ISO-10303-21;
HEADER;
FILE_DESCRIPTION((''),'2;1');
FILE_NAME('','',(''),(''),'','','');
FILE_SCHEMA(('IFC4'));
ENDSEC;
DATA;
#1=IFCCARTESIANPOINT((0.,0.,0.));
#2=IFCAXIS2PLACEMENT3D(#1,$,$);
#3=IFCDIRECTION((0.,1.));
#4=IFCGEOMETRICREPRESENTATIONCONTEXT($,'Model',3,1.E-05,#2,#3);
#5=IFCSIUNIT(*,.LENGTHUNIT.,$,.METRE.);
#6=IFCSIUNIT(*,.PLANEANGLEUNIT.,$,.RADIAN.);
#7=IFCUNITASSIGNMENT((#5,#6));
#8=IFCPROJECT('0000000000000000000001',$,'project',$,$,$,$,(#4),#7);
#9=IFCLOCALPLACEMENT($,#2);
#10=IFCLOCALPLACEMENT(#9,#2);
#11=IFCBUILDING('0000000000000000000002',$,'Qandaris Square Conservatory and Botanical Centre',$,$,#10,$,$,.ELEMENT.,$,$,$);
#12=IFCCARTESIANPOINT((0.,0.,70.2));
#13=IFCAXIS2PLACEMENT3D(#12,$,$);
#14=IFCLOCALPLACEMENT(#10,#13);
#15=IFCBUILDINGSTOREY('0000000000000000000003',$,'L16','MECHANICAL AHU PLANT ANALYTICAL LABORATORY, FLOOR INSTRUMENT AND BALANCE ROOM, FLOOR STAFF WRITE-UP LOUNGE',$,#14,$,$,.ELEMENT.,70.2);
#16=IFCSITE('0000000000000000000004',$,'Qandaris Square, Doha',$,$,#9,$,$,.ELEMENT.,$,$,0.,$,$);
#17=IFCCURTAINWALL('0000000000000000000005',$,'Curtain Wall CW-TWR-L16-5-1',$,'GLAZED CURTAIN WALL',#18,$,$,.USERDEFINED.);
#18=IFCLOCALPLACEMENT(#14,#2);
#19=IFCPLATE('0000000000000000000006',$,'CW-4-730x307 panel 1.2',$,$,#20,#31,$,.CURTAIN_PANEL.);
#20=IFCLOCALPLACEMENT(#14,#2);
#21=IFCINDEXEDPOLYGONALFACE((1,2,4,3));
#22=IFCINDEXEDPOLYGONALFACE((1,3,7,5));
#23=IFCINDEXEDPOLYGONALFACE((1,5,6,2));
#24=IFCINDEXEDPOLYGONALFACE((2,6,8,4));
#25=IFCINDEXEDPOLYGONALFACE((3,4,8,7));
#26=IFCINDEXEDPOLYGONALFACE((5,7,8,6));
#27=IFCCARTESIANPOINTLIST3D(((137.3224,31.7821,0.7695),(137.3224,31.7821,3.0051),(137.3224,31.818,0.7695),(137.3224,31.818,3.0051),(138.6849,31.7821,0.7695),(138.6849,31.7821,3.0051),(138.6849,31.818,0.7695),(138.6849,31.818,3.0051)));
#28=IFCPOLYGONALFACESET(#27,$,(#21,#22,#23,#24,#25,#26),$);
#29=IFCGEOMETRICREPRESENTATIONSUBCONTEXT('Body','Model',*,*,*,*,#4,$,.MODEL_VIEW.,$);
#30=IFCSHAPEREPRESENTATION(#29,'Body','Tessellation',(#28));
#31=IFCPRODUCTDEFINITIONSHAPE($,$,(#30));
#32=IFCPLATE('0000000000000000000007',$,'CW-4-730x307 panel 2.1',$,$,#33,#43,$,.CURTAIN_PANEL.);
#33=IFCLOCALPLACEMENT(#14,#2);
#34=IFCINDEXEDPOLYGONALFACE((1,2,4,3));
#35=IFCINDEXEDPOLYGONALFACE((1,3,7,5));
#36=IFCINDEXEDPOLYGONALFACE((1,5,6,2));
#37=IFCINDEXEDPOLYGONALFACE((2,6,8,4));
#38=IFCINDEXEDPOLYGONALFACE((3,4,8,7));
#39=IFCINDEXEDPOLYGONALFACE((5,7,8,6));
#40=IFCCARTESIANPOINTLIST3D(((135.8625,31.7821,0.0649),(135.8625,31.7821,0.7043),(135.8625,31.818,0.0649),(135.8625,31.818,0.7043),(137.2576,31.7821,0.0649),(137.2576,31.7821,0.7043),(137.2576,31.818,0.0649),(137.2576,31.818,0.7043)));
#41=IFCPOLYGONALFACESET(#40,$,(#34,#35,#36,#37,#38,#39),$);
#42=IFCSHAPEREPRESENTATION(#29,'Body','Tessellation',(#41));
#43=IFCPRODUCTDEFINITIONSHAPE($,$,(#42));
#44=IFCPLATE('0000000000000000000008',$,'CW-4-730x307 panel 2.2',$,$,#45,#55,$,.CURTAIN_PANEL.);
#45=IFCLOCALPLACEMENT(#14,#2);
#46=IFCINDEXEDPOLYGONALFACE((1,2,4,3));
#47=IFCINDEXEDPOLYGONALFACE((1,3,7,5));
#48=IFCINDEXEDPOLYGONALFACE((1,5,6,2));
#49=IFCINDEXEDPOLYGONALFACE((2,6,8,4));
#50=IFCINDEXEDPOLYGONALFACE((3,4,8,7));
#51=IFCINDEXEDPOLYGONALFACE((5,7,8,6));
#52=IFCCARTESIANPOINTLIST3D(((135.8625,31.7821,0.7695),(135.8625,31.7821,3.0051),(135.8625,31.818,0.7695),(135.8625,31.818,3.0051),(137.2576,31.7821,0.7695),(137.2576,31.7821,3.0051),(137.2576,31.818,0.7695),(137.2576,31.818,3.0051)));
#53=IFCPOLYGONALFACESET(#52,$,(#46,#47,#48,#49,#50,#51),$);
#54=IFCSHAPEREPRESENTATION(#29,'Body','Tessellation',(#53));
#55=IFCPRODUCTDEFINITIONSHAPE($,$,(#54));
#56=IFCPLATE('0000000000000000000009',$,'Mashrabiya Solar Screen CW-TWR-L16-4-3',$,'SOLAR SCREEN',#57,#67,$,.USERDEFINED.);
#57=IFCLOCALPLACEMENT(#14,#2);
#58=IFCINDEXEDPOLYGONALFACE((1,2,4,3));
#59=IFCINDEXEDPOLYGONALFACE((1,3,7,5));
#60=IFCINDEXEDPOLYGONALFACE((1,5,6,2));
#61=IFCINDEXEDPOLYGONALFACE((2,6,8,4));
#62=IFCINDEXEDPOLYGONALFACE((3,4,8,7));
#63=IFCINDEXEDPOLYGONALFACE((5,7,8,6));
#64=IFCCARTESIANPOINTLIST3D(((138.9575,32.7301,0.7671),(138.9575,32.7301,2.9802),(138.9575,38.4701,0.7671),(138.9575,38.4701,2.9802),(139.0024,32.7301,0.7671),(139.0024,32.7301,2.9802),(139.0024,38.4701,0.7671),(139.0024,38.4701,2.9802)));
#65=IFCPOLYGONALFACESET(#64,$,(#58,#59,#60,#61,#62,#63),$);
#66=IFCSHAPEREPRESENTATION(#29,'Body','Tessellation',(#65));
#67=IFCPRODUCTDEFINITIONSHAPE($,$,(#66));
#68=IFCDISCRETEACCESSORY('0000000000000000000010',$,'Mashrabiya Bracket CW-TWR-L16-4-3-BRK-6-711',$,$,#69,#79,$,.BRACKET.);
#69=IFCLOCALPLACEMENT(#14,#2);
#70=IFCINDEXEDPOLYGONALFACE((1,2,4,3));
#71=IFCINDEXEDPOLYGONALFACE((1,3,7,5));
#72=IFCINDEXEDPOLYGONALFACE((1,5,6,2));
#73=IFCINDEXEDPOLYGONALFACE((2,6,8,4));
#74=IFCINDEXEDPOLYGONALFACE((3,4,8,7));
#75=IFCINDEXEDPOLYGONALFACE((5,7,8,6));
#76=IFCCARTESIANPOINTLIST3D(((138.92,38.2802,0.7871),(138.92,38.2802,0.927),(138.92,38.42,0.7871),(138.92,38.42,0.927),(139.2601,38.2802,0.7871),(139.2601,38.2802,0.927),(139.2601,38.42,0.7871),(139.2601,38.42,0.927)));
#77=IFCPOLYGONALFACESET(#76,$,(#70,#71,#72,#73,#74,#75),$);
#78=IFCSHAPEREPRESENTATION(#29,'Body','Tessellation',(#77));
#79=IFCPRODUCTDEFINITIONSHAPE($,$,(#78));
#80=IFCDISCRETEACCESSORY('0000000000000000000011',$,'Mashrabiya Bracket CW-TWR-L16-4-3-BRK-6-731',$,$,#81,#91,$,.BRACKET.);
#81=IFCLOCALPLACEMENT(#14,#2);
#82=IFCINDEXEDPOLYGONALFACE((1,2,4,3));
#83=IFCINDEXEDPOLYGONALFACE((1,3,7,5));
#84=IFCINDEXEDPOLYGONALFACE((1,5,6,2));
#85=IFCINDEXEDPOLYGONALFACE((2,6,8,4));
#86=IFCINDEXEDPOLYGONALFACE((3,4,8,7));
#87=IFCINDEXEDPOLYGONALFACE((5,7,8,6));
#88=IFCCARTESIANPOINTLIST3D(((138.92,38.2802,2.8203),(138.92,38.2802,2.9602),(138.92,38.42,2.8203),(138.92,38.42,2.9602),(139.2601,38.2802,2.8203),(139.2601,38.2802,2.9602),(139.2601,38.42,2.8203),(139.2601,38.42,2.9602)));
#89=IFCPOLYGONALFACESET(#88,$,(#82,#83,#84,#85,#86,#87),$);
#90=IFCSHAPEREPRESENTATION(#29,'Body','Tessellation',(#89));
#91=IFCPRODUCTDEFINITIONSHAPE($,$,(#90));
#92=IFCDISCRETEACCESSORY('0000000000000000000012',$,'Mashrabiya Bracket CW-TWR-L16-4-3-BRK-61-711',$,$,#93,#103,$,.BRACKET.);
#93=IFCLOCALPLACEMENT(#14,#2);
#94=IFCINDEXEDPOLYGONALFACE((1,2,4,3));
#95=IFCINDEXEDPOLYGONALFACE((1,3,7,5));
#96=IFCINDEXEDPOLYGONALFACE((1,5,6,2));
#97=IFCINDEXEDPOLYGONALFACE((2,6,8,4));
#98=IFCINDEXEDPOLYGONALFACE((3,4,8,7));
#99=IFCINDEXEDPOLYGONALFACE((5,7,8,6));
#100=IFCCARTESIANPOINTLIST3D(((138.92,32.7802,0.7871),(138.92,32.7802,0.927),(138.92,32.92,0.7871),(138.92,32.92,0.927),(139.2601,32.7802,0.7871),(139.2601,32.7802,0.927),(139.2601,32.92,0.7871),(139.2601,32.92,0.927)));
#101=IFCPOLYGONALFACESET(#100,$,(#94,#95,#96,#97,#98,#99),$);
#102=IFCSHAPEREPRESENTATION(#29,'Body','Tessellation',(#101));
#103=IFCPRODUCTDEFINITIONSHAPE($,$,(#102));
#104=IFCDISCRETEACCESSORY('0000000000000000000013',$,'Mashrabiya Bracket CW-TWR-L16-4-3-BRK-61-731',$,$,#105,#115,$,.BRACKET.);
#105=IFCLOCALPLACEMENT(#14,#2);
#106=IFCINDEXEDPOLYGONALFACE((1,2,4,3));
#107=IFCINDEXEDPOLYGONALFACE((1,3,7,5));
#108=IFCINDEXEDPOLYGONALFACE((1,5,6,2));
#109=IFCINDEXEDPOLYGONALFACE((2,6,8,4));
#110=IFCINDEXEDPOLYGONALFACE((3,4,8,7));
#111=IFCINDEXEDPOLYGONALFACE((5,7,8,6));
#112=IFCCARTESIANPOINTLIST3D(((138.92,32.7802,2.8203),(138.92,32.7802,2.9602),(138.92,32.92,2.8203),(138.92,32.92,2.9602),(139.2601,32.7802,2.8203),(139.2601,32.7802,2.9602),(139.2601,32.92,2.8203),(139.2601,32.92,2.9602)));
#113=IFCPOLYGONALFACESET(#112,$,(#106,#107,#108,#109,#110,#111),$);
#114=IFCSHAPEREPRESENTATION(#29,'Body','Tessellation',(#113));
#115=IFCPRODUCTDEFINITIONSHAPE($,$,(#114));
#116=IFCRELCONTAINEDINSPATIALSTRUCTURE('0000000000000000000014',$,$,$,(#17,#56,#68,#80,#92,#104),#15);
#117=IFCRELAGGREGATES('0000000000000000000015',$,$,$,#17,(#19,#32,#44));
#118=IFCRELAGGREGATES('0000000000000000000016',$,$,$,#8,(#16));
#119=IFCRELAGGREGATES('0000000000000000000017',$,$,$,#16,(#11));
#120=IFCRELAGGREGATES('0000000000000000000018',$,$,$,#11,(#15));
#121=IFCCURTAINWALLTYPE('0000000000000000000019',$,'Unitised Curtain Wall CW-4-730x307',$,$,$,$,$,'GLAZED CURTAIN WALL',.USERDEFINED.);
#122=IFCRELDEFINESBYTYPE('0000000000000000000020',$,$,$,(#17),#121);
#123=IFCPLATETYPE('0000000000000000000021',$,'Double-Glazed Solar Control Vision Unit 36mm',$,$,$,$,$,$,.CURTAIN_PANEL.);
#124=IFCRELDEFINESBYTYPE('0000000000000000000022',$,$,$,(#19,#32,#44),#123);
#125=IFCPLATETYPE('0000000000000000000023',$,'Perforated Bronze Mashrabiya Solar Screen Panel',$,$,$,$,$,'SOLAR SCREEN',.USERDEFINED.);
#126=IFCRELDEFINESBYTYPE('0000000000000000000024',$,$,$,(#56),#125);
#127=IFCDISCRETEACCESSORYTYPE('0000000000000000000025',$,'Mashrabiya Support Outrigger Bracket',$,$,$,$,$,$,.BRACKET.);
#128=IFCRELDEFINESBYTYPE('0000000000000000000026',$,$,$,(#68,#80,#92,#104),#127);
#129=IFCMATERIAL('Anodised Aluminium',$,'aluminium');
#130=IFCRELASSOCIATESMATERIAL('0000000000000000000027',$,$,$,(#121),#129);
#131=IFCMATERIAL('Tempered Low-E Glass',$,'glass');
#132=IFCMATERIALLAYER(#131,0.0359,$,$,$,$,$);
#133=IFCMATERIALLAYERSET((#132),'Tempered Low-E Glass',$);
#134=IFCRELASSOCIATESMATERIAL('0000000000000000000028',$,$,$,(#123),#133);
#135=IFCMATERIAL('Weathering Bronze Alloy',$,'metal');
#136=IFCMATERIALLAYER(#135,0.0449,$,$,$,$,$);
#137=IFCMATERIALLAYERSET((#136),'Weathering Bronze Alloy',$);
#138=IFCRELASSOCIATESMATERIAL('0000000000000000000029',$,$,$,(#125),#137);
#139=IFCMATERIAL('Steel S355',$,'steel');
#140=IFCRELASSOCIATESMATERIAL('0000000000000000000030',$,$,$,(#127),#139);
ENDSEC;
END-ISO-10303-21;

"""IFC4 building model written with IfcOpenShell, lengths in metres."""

from ifc_helpers import new_model, si_unit, direction, frame, origin, origin_2d, place, context, subcontext, project, spatial, rectangle, extrude, material, layer, layer_set, type_object, element, aggregate, save


model = new_model("IFC4")

# Units and contexts
model_context = context("Model", 3, precision=1e-05, world=origin(), true_north=direction((0.0, 1.0)))
body_context = subcontext(model_context, "Body", "Model", "MODEL_VIEW")
ifc_project = project(units=[si_unit("LENGTHUNIT", "METRE"), si_unit("PLANEANGLEUNIT", "RADIAN")], contexts=[model_context])

# Site, building, storey
site_placement = place(None, origin())
site = spatial("IfcSite", under=ifc_project, at=site_placement, Name="Qandaris Square, Doha", CompositionType="ELEMENT", RefElevation=0.0)
building_placement = place(site_placement, origin())
building = spatial("IfcBuilding", under=site, at=building_placement, Name="Qandaris Square Conservatory and Botanical Centre", CompositionType="ELEMENT")
storey_placement = place(building_placement, frame((0.0, 0.0, 70.2)))
storey = spatial("IfcBuildingStorey", under=building, at=storey_placement, Name="L16", Description="MECHANICAL AHU PLANT ANALYTICAL LABORATORY, FLOOR INSTRUMENT AND BALANCE ROOM, FLOOR STAFF WRITE-UP LOUNGE", CompositionType="ELEMENT", Elevation=70.2)

# Curtain wall, plates
ifc_material_1 = material(Name="Anodised Aluminium", Category="aluminium")
curtain_wall_type = type_object("IfcCurtainWallType", Name="Unitised Curtain Wall CW-4-730x307", ElementType="GLAZED CURTAIN WALL", PredefinedType="USERDEFINED", material=ifc_material_1)
curtain_wall_placement = place(storey_placement, origin())
curtain_wall = element("IfcCurtainWall", 1, at=curtain_wall_placement, inside=storey, type_object=curtain_wall_type, Name="Curtain Wall CW-TWR-L16-5-1", ObjectType="GLAZED CURTAIN WALL", PredefinedType="USERDEFINED")
ifc_material_2 = material(Name="Tempered Low-E Glass", Category="glass")
ifc_layer_1 = layer(ifc_material_2, 0.0359)
ifc_layer_set_1 = layer_set([ifc_layer_1], Name="Tempered Low-E Glass")
plate_type_1 = type_object("IfcPlateType", Name="Double-Glazed Solar Control Vision Unit 36mm", PredefinedType="CURTAIN_PANEL", material=ifc_layer_set_1)
plate_1_placement = place(storey_placement, frame((138.0037, 31.8, 0.7695), z_axis=(0.0, 0.0, 1.0), x_axis=(-1.0, 0.0, 0.0)))
plate_1 = element("IfcPlate", 2, at=plate_1_placement, type_object=plate_type_1, Name="CW-4-730x307 panel 1.2", PredefinedType="CURTAIN_PANEL", context=body_context, shape_type="SweptSolid", body=[
    extrude(rectangle(XDim=1.3625, YDim=0.0359, at=origin_2d()), origin(), (0.0, 0.0, 1.0), 2.2356),
])
plate_2_placement = place(storey_placement, frame((136.5601, 31.8, 0.0649), z_axis=(0.0, 0.0, 1.0), x_axis=(-1.0, 0.0, 0.0)))
plate_2 = element("IfcPlate", 3, at=plate_2_placement, type_object=plate_type_1, Name="CW-4-730x307 panel 2.1", PredefinedType="CURTAIN_PANEL", context=body_context, shape_type="SweptSolid", body=[
    extrude(rectangle(XDim=1.395, YDim=0.0359, at=origin_2d()), origin(), (0.0, 0.0, 1.0), 0.6394),
])
plate_3_placement = place(storey_placement, frame((136.5601, 31.8, 0.7695), z_axis=(0.0, 0.0, 1.0), x_axis=(-1.0, 0.0, 0.0)))
plate_3 = element("IfcPlate", 4, at=plate_3_placement, type_object=plate_type_1, Name="CW-4-730x307 panel 2.2", PredefinedType="CURTAIN_PANEL", context=body_context, shape_type="SweptSolid", body=[
    extrude(rectangle(XDim=1.395, YDim=0.0359, at=origin_2d()), origin(), (0.0, 0.0, 1.0), 2.2356),
])
aggregate(curtain_wall, [plate_1, plate_2, plate_3])

# Plate
ifc_material_3 = material(Name="Weathering Bronze Alloy", Category="metal")
ifc_layer_2 = layer(ifc_material_3, 0.0449)
ifc_layer_set_2 = layer_set([ifc_layer_2], Name="Weathering Bronze Alloy")
plate_type_2 = type_object("IfcPlateType", Name="Perforated Bronze Mashrabiya Solar Screen Panel", ElementType="SOLAR SCREEN", PredefinedType="USERDEFINED", material=ifc_layer_set_2)
plate_4_placement = place(storey_placement, frame((138.98, 35.6001, 0.7671), z_axis=(0.0, 0.0, 1.0), x_axis=(0.0, -1.0, 0.0)))
element("IfcPlate", 5, at=plate_4_placement, inside=storey, type_object=plate_type_2, Name="Mashrabiya Solar Screen CW-TWR-L16-4-3", ObjectType="SOLAR SCREEN", PredefinedType="USERDEFINED", context=body_context, shape_type="SweptSolid", body=[
    extrude(rectangle(XDim=5.74, YDim=0.0449, at=origin_2d()), origin(), (0.0, 0.0, 1.0), 2.2131),
])

# Discrete accessories
ifc_material_4 = material(Name="Steel S355", Category="steel")
discrete_accessory_type = type_object("IfcDiscreteAccessoryType", Name="Mashrabiya Support Outrigger Bracket", PredefinedType="BRACKET", material=ifc_material_4)
for number, where, z_axis, x_axis, name in (
    (6, (139.0901, 38.3501, 0.7871), (0.0, 0.0, 1.0), (0.0, -1.0, 0.0), "Mashrabiya Bracket CW-TWR-L16-4-3-BRK-6-711"),
    (7, (139.0901, 38.3501, 2.8203), (0.0, 0.0, 1.0), (0.0, -1.0, 0.0), "Mashrabiya Bracket CW-TWR-L16-4-3-BRK-6-731"),
    (8, (139.0901, 32.8501, 0.7871), (0.0, 0.0, 1.0), (0.0, -1.0, 0.0), "Mashrabiya Bracket CW-TWR-L16-4-3-BRK-61-711"),
    (9, (139.0901, 32.8501, 2.8203), (0.0, 0.0, 1.0), (0.0, -1.0, 0.0), "Mashrabiya Bracket CW-TWR-L16-4-3-BRK-61-731"),
):
    element("IfcDiscreteAccessory", number, at=place(storey_placement, frame(where, z_axis=z_axis, x_axis=x_axis)), inside=storey, type_object=discrete_accessory_type, Name=name, PredefinedType="BRACKET", context=body_context, shape_type="SweptSolid", body=[
        extrude(rectangle(XDim=0.1399, YDim=0.3401, at=origin_2d()), origin(), (0.0, 0.0, 1.0), 0.1399),
    ])

save(model, "model.ifc")
